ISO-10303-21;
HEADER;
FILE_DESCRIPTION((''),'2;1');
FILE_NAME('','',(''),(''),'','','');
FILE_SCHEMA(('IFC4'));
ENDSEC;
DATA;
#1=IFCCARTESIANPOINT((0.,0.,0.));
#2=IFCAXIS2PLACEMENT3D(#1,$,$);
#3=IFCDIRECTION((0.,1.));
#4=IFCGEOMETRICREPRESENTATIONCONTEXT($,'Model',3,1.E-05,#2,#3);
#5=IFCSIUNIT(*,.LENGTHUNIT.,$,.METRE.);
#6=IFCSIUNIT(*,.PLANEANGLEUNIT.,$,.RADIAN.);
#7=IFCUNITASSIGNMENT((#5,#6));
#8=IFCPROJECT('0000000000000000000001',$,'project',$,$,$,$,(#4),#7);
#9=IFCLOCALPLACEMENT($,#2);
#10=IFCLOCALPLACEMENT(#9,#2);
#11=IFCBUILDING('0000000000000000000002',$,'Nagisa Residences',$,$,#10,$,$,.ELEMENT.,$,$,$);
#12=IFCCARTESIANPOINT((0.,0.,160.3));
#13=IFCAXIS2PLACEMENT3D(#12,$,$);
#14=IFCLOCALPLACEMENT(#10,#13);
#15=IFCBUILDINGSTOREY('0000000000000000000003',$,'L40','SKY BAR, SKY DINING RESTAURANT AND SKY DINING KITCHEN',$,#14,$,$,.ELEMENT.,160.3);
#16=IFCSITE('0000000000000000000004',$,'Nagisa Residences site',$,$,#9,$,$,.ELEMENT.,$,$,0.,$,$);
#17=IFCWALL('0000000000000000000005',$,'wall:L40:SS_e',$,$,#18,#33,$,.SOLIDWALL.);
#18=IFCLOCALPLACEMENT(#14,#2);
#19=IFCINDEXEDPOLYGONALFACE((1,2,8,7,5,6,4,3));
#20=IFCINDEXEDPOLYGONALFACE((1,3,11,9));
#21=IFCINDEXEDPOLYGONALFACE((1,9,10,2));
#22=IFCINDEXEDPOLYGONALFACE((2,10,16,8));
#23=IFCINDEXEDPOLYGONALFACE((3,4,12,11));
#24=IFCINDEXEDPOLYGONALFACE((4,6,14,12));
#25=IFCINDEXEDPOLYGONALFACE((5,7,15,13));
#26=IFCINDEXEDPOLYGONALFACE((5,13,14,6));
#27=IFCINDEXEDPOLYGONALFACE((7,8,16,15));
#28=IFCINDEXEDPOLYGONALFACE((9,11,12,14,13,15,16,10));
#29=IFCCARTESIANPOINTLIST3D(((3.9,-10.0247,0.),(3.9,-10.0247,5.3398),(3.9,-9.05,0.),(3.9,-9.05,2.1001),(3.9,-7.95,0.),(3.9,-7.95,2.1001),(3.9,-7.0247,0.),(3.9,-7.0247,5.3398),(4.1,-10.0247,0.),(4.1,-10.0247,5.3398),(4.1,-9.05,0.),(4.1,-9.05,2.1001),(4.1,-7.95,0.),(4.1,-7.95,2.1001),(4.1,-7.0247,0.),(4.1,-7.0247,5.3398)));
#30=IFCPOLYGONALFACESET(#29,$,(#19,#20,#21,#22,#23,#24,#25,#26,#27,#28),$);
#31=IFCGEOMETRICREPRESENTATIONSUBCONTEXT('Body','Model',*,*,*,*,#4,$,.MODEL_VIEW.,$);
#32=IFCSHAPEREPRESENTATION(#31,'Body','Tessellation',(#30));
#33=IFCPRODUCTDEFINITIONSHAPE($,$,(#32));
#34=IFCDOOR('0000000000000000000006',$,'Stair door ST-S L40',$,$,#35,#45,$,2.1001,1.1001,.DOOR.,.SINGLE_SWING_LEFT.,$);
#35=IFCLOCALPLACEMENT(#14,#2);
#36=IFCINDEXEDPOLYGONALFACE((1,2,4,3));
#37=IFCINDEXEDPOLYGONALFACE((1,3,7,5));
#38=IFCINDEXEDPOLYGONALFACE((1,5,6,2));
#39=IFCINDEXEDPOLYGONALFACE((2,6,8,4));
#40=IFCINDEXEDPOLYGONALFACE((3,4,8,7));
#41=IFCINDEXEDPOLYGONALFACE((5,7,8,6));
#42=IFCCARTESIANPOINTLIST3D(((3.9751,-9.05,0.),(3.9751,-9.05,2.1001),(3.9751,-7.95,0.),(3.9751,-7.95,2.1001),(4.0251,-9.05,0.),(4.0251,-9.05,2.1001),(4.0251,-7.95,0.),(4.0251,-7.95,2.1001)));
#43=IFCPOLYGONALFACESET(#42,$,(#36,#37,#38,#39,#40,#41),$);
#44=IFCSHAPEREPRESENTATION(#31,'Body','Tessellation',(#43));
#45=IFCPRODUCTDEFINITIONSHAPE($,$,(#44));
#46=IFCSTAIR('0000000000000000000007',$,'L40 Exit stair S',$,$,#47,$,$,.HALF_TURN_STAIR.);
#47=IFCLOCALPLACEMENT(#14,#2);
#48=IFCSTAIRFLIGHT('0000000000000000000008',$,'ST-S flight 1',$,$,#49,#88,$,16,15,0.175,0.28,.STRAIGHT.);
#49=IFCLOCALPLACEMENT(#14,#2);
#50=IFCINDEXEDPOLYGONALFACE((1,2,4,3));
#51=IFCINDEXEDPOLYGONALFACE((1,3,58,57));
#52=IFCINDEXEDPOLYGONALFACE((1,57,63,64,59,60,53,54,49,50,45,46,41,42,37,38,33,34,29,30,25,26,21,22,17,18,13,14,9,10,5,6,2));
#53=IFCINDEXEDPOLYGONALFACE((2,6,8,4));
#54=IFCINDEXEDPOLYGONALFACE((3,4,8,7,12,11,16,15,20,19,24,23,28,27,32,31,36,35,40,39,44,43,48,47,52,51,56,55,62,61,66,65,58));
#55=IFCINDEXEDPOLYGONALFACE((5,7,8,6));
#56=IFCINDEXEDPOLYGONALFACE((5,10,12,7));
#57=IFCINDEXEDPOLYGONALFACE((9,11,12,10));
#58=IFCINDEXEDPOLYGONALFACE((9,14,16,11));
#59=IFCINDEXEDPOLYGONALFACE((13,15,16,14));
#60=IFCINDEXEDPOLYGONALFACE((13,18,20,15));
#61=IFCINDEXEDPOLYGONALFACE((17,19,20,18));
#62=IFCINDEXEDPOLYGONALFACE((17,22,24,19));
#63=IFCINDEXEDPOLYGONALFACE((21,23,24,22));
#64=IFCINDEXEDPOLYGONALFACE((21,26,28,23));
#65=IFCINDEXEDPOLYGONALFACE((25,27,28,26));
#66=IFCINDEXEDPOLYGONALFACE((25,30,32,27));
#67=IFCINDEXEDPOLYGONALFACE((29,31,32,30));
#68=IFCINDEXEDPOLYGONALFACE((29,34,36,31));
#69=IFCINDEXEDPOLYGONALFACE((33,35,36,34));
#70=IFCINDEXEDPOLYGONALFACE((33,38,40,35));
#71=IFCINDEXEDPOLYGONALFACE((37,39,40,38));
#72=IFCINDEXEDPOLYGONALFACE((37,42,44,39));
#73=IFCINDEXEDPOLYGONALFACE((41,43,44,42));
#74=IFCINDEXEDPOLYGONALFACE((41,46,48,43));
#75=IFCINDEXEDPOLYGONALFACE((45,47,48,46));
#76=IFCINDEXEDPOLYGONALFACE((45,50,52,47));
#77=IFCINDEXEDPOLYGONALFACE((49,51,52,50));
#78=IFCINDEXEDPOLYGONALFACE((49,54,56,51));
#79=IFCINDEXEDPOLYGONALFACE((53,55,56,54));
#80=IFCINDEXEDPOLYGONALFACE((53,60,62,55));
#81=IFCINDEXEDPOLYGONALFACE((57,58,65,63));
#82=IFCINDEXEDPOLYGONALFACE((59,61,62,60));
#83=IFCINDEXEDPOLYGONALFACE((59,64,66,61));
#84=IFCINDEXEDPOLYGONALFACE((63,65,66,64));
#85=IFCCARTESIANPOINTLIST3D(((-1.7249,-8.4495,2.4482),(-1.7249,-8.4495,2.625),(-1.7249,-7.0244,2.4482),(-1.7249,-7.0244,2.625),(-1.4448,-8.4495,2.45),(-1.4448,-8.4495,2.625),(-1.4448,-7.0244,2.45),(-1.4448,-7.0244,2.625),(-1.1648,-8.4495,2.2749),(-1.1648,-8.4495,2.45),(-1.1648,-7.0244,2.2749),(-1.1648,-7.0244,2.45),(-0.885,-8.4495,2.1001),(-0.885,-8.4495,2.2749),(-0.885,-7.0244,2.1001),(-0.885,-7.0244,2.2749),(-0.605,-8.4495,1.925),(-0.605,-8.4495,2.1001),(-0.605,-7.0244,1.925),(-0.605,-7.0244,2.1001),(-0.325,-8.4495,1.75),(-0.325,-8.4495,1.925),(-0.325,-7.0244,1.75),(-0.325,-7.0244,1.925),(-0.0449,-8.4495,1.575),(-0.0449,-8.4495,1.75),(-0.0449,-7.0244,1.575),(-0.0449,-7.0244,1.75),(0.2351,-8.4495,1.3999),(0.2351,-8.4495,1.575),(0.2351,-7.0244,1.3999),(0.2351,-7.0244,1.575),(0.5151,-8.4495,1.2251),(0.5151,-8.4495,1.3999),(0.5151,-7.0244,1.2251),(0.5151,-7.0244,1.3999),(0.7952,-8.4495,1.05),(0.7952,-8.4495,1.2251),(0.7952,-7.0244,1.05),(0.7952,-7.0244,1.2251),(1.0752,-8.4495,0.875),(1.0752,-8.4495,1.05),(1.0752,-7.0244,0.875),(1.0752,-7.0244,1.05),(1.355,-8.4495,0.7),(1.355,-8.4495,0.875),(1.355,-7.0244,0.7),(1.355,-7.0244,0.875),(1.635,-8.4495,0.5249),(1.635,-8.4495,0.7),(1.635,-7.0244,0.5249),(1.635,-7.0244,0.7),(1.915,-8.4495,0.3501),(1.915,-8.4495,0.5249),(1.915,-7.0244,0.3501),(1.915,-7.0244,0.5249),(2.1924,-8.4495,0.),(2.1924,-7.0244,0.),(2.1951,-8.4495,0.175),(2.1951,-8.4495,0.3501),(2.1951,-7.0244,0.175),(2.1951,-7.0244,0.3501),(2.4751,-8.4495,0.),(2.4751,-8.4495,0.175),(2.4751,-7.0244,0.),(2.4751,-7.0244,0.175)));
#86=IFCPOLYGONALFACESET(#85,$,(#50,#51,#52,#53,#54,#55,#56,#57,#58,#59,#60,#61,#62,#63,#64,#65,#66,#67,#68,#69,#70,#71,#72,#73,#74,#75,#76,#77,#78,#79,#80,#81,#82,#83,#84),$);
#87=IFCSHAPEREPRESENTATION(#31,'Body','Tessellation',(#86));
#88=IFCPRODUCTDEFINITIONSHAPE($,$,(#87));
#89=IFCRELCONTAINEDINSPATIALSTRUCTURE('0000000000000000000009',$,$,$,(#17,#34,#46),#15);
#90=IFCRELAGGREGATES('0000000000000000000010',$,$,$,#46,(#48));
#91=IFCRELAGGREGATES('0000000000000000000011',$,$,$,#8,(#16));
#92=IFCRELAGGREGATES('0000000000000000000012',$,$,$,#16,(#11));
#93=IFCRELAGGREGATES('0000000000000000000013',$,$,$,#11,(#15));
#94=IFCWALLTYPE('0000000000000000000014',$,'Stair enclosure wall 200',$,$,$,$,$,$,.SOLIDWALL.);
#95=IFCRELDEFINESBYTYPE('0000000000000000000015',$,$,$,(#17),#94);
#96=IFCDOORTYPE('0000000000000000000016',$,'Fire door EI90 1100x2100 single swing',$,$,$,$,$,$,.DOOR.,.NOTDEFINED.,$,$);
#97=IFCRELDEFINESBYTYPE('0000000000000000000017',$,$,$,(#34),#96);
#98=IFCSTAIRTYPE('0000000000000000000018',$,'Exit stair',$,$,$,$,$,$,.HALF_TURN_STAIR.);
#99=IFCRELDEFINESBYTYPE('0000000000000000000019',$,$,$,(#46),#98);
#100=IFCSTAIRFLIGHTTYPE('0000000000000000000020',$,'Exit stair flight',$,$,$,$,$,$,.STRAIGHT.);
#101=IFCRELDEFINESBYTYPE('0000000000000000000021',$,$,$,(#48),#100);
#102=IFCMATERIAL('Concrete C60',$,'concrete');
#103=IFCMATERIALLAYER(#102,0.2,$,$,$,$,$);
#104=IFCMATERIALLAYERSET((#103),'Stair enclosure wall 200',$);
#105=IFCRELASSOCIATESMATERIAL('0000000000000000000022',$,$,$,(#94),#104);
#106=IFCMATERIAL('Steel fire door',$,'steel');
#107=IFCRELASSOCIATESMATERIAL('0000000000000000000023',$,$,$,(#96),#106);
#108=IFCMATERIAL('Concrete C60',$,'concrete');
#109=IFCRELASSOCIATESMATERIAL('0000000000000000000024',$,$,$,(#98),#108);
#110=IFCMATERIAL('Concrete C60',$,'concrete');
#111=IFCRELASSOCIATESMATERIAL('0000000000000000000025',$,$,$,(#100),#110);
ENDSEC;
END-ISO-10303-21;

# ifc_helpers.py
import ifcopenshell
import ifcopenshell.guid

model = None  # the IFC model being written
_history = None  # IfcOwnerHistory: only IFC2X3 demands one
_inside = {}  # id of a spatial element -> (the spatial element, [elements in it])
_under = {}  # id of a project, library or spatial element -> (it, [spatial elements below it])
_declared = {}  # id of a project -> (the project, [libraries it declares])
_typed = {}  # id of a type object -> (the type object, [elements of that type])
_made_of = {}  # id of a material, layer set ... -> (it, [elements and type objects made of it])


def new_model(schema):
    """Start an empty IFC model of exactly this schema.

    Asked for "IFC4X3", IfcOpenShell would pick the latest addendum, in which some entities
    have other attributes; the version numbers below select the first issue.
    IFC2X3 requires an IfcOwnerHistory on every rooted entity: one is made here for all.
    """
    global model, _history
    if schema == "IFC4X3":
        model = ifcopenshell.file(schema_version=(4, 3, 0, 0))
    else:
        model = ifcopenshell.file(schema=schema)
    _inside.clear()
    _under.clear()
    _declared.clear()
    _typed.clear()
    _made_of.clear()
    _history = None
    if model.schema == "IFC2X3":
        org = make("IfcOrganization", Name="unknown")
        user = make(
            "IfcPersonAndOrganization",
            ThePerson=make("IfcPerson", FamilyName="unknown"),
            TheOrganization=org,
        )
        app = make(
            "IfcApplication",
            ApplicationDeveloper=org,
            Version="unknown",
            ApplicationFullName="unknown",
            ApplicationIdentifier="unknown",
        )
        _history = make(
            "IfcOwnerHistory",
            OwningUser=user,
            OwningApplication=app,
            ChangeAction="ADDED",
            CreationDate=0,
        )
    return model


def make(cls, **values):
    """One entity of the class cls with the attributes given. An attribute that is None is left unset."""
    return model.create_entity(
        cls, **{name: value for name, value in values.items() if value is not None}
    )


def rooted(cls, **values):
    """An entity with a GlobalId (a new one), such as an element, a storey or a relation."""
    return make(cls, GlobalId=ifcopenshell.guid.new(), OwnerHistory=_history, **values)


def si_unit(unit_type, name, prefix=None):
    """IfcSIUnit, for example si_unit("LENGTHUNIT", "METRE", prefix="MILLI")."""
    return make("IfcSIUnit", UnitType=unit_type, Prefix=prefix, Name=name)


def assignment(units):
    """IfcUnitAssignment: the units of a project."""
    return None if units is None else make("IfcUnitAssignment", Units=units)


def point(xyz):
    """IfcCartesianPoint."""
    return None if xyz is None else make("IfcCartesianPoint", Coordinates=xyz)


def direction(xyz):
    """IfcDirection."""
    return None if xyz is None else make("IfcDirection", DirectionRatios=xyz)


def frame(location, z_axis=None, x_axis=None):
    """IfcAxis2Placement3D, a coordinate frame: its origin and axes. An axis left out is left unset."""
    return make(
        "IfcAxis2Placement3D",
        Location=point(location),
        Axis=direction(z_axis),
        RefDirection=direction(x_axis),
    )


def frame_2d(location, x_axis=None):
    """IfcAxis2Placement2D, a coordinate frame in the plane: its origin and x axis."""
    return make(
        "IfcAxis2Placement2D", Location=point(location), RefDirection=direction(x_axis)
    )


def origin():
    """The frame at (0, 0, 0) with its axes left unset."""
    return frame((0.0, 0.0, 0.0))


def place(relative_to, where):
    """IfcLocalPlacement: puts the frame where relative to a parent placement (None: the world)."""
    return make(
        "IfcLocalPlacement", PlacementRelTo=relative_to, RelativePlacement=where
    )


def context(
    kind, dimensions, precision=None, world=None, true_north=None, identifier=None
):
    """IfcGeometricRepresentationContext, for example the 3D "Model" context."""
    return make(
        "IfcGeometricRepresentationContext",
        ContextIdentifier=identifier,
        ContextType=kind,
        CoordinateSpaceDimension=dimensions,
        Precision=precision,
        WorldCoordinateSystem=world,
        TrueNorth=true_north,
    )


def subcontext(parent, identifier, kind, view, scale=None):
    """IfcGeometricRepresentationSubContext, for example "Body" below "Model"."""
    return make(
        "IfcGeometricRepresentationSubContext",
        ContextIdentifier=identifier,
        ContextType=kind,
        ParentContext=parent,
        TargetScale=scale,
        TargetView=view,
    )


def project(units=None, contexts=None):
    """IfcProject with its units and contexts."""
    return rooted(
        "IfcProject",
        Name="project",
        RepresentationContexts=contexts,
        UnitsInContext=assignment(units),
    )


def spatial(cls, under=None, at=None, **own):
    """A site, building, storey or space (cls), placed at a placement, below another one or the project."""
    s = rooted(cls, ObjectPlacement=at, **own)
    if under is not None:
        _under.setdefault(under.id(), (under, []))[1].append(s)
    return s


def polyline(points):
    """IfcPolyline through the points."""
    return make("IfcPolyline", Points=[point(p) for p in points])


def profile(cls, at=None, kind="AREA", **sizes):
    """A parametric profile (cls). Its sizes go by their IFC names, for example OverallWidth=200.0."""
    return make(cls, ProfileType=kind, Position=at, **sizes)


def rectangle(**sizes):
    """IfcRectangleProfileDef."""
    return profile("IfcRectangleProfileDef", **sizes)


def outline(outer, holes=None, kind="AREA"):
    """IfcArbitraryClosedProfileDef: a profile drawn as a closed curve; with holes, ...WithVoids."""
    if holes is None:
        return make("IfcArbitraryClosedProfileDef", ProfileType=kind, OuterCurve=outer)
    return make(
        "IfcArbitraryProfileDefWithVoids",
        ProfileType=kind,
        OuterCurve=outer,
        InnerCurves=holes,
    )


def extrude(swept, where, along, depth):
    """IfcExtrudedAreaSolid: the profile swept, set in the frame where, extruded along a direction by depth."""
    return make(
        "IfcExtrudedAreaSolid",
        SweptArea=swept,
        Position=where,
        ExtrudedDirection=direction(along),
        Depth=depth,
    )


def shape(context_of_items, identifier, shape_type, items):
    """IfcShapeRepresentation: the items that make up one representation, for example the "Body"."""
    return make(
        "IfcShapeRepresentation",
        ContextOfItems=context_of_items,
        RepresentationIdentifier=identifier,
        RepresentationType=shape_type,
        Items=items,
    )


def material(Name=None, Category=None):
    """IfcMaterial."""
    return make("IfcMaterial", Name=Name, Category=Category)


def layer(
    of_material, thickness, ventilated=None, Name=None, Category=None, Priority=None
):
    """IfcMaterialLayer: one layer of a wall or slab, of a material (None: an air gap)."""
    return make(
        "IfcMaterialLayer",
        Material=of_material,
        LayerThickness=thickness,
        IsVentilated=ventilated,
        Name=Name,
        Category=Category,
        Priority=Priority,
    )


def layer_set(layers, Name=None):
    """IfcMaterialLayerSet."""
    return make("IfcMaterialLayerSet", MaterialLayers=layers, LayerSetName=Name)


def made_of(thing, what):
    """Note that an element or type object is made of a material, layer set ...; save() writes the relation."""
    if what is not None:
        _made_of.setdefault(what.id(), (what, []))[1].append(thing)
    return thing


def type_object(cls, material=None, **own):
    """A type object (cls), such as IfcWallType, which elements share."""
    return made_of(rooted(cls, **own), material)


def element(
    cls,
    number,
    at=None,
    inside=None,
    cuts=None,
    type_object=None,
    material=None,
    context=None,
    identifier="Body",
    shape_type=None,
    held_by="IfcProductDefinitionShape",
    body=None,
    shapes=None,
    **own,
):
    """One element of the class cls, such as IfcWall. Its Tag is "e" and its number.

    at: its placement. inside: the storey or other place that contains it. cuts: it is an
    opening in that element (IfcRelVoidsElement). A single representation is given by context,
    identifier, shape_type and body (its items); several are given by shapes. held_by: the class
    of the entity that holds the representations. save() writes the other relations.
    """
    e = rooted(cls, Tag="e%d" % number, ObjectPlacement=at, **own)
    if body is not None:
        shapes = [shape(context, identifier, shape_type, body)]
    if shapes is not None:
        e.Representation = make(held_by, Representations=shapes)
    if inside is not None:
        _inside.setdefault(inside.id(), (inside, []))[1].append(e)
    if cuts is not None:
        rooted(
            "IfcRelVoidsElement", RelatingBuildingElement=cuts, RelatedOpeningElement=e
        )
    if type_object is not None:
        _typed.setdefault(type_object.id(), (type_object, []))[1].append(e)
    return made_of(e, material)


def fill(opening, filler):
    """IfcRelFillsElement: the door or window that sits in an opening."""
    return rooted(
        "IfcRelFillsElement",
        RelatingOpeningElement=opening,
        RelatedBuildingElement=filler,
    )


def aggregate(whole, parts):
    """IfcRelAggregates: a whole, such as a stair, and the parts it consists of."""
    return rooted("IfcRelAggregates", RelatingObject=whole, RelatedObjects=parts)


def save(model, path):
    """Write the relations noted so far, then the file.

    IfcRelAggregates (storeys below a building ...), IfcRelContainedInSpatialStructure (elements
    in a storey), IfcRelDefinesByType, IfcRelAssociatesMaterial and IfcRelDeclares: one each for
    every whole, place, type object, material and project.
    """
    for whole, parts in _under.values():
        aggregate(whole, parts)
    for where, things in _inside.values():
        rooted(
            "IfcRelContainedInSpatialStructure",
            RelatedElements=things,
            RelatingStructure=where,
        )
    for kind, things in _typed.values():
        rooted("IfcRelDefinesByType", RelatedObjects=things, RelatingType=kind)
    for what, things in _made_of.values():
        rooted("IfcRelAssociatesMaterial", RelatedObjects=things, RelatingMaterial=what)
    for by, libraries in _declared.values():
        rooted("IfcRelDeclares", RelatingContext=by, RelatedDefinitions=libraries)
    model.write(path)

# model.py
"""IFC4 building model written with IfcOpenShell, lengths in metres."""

from ifc_helpers import new_model, si_unit, direction, frame, frame_2d, origin, place, context, subcontext, project, spatial, polyline, rectangle, outline, extrude, material, layer, layer_set, type_object, element, fill, aggregate, save


model = new_model("IFC4")

# Units and contexts
model_context = context("Model", 3, precision=1e-05, world=origin(), true_north=direction((0.0, 1.0)))
body_context = subcontext(model_context, "Body", "Model", "MODEL_VIEW")
ifc_project = project(units=[si_unit("LENGTHUNIT", "METRE"), si_unit("PLANEANGLEUNIT", "RADIAN")], contexts=[model_context])

# Site, building, storey
site_placement = place(None, origin())
site = spatial("IfcSite", under=ifc_project, at=site_placement, Name="Nagisa Residences site", CompositionType="ELEMENT", RefElevation=0.0)
building_placement = place(site_placement, origin())
building = spatial("IfcBuilding", under=site, at=building_placement, Name="Nagisa Residences", CompositionType="ELEMENT")
storey_placement = place(building_placement, frame((0.0, 0.0, 160.3)))
storey = spatial("IfcBuildingStorey", under=building, at=storey_placement, Name="L40", Description="SKY BAR, SKY DINING RESTAURANT AND SKY DINING KITCHEN", CompositionType="ELEMENT", Elevation=160.3)

# Wall, opening, door
ifc_material_1 = material(Name="Concrete C60", Category="concrete")
ifc_layer_1 = layer(ifc_material_1, 0.2)
ifc_layer_set_1 = layer_set([ifc_layer_1], Name="Stair enclosure wall 200")
wall_type_1 = type_object("IfcWallType", Name="Stair enclosure wall 200", PredefinedType="SOLIDWALL", material=ifc_layer_set_1)
wall_1_placement = place(storey_placement, frame((4.0, -10.0247, 0.0), z_axis=(0.0, 0.0, 1.0), x_axis=(0.0, 1.0, 0.0)))
wall_1 = element("IfcWall", 1, at=wall_1_placement, inside=storey, type_object=wall_type_1, Name="wall:L40:SS_e", PredefinedType="SOLIDWALL", context=body_context, shape_type="SweptSolid", body=[
    extrude(rectangle(XDim=3.0, YDim=0.2, at=frame_2d((1.5, 0.0))), origin(), (0.0, 0.0, 1.0), 5.3398),
])
opening_1_placement = place(wall_1_placement, frame((0.9746, 0.0, 0.0)))
opening_1 = element("IfcOpeningElement", 2, at=opening_1_placement, cuts=wall_1, PredefinedType="OPENING", context=body_context, shape_type="SweptSolid", body=[
    extrude(rectangle(XDim=1.1001, YDim=2.1001, at=frame_2d((0.55, 1.05))), frame((0.0, 0.1099, 0.0), z_axis=(0.0, -1.0, 0.0), x_axis=(1.0, 0.0, 0.0)), (0.0, 0.0, 1.0), 0.22),
])
ifc_material_2 = material(Name="Steel fire door", Category="steel")
door_type_1 = type_object("IfcDoorType", Name="Fire door EI90 1100x2100 single swing", OperationType="NOTDEFINED", PredefinedType="DOOR", material=ifc_material_2)
door_1_placement = place(opening_1_placement, origin())
door_1 = element("IfcDoor", 3, at=door_1_placement, inside=storey, type_object=door_type_1, Name="Stair door ST-S L40", OperationType="SINGLE_SWING_LEFT", OverallHeight=2.1001, OverallWidth=1.1001, PredefinedType="DOOR", context=body_context, shape_type="SweptSolid", body=[
    extrude(rectangle(XDim=1.1001, YDim=2.1001, at=frame_2d((0.55, 1.05))), frame((0.0, 0.0249, 0.0), z_axis=(0.0, -1.0, 0.0), x_axis=(1.0, 0.0, 0.0)), (0.0, 0.0, 1.0), 0.05),
])
fill(opening_1, door_1)

# Stair, stair flight
ifc_material_3 = material(Name="Concrete C60", Category="concrete")
stair_type = type_object("IfcStairType", Name="Exit stair", PredefinedType="HALF_TURN_STAIR", material=ifc_material_3)
stair_placement = place(storey_placement, origin())
stair = element("IfcStair", 4, at=stair_placement, inside=storey, type_object=stair_type, Name="L40 Exit stair S", PredefinedType="HALF_TURN_STAIR")
ifc_material_4 = material(Name="Concrete C60", Category="concrete")
stair_flight_type = type_object("IfcStairFlightType", Name="Exit stair flight", PredefinedType="STRAIGHT", material=ifc_material_4)
stair_flight_placement = place(storey_placement, frame((2.4751, -7.7371, 0.0), z_axis=(0.0, 0.0, 1.0), x_axis=(-1.0, 0.0, 0.0)))
stair_flight = element("IfcStairFlight", 5, at=stair_flight_placement, type_object=stair_flight_type, Name="ST-S flight 1", NumberOfRisers=16, NumberOfTreads=15, PredefinedType="STRAIGHT", RiserHeight=0.175, TreadLength=0.28, context=body_context, shape_type="SweptSolid", body=[
    extrude(outline(polyline([(0.0, 0.0), (0.0, 0.175), (0.28, 0.175), (0.28, 0.3501), (0.5601, 0.3501), (0.5601, 0.5249), (0.8401, 0.5249), (0.8401, 0.7), (1.1201, 0.7), (1.1201, 0.875), (1.3999, 0.875), (1.3999, 1.05), (1.6799, 1.05), (1.6799, 1.2251), (1.96, 1.2251), (1.96, 1.3999), (2.24, 1.3999), (2.24, 1.575), (2.52, 1.575), (2.52, 1.75), (2.8, 1.75), (2.8, 1.925), (3.0801, 1.925), (3.0801, 2.1001), (3.3601, 2.1001), (3.3601, 2.2749), (3.6399, 2.2749), (3.6399, 2.45), (3.9199, 2.45), (3.9199, 2.625), (4.2, 2.625), (4.2, 2.8), (4.2, 2.4482), (0.2827, 0.0), (0.0, 0.0)])), frame((0.0, 0.7124, 0.0), z_axis=(0.0, -1.0, 0.0), x_axis=(1.0, 0.0, 0.0)), (0.0, 0.0, 1.0), 1.425),
])
aggregate(stair, [stair_flight])

save(model, "model.ifc")
